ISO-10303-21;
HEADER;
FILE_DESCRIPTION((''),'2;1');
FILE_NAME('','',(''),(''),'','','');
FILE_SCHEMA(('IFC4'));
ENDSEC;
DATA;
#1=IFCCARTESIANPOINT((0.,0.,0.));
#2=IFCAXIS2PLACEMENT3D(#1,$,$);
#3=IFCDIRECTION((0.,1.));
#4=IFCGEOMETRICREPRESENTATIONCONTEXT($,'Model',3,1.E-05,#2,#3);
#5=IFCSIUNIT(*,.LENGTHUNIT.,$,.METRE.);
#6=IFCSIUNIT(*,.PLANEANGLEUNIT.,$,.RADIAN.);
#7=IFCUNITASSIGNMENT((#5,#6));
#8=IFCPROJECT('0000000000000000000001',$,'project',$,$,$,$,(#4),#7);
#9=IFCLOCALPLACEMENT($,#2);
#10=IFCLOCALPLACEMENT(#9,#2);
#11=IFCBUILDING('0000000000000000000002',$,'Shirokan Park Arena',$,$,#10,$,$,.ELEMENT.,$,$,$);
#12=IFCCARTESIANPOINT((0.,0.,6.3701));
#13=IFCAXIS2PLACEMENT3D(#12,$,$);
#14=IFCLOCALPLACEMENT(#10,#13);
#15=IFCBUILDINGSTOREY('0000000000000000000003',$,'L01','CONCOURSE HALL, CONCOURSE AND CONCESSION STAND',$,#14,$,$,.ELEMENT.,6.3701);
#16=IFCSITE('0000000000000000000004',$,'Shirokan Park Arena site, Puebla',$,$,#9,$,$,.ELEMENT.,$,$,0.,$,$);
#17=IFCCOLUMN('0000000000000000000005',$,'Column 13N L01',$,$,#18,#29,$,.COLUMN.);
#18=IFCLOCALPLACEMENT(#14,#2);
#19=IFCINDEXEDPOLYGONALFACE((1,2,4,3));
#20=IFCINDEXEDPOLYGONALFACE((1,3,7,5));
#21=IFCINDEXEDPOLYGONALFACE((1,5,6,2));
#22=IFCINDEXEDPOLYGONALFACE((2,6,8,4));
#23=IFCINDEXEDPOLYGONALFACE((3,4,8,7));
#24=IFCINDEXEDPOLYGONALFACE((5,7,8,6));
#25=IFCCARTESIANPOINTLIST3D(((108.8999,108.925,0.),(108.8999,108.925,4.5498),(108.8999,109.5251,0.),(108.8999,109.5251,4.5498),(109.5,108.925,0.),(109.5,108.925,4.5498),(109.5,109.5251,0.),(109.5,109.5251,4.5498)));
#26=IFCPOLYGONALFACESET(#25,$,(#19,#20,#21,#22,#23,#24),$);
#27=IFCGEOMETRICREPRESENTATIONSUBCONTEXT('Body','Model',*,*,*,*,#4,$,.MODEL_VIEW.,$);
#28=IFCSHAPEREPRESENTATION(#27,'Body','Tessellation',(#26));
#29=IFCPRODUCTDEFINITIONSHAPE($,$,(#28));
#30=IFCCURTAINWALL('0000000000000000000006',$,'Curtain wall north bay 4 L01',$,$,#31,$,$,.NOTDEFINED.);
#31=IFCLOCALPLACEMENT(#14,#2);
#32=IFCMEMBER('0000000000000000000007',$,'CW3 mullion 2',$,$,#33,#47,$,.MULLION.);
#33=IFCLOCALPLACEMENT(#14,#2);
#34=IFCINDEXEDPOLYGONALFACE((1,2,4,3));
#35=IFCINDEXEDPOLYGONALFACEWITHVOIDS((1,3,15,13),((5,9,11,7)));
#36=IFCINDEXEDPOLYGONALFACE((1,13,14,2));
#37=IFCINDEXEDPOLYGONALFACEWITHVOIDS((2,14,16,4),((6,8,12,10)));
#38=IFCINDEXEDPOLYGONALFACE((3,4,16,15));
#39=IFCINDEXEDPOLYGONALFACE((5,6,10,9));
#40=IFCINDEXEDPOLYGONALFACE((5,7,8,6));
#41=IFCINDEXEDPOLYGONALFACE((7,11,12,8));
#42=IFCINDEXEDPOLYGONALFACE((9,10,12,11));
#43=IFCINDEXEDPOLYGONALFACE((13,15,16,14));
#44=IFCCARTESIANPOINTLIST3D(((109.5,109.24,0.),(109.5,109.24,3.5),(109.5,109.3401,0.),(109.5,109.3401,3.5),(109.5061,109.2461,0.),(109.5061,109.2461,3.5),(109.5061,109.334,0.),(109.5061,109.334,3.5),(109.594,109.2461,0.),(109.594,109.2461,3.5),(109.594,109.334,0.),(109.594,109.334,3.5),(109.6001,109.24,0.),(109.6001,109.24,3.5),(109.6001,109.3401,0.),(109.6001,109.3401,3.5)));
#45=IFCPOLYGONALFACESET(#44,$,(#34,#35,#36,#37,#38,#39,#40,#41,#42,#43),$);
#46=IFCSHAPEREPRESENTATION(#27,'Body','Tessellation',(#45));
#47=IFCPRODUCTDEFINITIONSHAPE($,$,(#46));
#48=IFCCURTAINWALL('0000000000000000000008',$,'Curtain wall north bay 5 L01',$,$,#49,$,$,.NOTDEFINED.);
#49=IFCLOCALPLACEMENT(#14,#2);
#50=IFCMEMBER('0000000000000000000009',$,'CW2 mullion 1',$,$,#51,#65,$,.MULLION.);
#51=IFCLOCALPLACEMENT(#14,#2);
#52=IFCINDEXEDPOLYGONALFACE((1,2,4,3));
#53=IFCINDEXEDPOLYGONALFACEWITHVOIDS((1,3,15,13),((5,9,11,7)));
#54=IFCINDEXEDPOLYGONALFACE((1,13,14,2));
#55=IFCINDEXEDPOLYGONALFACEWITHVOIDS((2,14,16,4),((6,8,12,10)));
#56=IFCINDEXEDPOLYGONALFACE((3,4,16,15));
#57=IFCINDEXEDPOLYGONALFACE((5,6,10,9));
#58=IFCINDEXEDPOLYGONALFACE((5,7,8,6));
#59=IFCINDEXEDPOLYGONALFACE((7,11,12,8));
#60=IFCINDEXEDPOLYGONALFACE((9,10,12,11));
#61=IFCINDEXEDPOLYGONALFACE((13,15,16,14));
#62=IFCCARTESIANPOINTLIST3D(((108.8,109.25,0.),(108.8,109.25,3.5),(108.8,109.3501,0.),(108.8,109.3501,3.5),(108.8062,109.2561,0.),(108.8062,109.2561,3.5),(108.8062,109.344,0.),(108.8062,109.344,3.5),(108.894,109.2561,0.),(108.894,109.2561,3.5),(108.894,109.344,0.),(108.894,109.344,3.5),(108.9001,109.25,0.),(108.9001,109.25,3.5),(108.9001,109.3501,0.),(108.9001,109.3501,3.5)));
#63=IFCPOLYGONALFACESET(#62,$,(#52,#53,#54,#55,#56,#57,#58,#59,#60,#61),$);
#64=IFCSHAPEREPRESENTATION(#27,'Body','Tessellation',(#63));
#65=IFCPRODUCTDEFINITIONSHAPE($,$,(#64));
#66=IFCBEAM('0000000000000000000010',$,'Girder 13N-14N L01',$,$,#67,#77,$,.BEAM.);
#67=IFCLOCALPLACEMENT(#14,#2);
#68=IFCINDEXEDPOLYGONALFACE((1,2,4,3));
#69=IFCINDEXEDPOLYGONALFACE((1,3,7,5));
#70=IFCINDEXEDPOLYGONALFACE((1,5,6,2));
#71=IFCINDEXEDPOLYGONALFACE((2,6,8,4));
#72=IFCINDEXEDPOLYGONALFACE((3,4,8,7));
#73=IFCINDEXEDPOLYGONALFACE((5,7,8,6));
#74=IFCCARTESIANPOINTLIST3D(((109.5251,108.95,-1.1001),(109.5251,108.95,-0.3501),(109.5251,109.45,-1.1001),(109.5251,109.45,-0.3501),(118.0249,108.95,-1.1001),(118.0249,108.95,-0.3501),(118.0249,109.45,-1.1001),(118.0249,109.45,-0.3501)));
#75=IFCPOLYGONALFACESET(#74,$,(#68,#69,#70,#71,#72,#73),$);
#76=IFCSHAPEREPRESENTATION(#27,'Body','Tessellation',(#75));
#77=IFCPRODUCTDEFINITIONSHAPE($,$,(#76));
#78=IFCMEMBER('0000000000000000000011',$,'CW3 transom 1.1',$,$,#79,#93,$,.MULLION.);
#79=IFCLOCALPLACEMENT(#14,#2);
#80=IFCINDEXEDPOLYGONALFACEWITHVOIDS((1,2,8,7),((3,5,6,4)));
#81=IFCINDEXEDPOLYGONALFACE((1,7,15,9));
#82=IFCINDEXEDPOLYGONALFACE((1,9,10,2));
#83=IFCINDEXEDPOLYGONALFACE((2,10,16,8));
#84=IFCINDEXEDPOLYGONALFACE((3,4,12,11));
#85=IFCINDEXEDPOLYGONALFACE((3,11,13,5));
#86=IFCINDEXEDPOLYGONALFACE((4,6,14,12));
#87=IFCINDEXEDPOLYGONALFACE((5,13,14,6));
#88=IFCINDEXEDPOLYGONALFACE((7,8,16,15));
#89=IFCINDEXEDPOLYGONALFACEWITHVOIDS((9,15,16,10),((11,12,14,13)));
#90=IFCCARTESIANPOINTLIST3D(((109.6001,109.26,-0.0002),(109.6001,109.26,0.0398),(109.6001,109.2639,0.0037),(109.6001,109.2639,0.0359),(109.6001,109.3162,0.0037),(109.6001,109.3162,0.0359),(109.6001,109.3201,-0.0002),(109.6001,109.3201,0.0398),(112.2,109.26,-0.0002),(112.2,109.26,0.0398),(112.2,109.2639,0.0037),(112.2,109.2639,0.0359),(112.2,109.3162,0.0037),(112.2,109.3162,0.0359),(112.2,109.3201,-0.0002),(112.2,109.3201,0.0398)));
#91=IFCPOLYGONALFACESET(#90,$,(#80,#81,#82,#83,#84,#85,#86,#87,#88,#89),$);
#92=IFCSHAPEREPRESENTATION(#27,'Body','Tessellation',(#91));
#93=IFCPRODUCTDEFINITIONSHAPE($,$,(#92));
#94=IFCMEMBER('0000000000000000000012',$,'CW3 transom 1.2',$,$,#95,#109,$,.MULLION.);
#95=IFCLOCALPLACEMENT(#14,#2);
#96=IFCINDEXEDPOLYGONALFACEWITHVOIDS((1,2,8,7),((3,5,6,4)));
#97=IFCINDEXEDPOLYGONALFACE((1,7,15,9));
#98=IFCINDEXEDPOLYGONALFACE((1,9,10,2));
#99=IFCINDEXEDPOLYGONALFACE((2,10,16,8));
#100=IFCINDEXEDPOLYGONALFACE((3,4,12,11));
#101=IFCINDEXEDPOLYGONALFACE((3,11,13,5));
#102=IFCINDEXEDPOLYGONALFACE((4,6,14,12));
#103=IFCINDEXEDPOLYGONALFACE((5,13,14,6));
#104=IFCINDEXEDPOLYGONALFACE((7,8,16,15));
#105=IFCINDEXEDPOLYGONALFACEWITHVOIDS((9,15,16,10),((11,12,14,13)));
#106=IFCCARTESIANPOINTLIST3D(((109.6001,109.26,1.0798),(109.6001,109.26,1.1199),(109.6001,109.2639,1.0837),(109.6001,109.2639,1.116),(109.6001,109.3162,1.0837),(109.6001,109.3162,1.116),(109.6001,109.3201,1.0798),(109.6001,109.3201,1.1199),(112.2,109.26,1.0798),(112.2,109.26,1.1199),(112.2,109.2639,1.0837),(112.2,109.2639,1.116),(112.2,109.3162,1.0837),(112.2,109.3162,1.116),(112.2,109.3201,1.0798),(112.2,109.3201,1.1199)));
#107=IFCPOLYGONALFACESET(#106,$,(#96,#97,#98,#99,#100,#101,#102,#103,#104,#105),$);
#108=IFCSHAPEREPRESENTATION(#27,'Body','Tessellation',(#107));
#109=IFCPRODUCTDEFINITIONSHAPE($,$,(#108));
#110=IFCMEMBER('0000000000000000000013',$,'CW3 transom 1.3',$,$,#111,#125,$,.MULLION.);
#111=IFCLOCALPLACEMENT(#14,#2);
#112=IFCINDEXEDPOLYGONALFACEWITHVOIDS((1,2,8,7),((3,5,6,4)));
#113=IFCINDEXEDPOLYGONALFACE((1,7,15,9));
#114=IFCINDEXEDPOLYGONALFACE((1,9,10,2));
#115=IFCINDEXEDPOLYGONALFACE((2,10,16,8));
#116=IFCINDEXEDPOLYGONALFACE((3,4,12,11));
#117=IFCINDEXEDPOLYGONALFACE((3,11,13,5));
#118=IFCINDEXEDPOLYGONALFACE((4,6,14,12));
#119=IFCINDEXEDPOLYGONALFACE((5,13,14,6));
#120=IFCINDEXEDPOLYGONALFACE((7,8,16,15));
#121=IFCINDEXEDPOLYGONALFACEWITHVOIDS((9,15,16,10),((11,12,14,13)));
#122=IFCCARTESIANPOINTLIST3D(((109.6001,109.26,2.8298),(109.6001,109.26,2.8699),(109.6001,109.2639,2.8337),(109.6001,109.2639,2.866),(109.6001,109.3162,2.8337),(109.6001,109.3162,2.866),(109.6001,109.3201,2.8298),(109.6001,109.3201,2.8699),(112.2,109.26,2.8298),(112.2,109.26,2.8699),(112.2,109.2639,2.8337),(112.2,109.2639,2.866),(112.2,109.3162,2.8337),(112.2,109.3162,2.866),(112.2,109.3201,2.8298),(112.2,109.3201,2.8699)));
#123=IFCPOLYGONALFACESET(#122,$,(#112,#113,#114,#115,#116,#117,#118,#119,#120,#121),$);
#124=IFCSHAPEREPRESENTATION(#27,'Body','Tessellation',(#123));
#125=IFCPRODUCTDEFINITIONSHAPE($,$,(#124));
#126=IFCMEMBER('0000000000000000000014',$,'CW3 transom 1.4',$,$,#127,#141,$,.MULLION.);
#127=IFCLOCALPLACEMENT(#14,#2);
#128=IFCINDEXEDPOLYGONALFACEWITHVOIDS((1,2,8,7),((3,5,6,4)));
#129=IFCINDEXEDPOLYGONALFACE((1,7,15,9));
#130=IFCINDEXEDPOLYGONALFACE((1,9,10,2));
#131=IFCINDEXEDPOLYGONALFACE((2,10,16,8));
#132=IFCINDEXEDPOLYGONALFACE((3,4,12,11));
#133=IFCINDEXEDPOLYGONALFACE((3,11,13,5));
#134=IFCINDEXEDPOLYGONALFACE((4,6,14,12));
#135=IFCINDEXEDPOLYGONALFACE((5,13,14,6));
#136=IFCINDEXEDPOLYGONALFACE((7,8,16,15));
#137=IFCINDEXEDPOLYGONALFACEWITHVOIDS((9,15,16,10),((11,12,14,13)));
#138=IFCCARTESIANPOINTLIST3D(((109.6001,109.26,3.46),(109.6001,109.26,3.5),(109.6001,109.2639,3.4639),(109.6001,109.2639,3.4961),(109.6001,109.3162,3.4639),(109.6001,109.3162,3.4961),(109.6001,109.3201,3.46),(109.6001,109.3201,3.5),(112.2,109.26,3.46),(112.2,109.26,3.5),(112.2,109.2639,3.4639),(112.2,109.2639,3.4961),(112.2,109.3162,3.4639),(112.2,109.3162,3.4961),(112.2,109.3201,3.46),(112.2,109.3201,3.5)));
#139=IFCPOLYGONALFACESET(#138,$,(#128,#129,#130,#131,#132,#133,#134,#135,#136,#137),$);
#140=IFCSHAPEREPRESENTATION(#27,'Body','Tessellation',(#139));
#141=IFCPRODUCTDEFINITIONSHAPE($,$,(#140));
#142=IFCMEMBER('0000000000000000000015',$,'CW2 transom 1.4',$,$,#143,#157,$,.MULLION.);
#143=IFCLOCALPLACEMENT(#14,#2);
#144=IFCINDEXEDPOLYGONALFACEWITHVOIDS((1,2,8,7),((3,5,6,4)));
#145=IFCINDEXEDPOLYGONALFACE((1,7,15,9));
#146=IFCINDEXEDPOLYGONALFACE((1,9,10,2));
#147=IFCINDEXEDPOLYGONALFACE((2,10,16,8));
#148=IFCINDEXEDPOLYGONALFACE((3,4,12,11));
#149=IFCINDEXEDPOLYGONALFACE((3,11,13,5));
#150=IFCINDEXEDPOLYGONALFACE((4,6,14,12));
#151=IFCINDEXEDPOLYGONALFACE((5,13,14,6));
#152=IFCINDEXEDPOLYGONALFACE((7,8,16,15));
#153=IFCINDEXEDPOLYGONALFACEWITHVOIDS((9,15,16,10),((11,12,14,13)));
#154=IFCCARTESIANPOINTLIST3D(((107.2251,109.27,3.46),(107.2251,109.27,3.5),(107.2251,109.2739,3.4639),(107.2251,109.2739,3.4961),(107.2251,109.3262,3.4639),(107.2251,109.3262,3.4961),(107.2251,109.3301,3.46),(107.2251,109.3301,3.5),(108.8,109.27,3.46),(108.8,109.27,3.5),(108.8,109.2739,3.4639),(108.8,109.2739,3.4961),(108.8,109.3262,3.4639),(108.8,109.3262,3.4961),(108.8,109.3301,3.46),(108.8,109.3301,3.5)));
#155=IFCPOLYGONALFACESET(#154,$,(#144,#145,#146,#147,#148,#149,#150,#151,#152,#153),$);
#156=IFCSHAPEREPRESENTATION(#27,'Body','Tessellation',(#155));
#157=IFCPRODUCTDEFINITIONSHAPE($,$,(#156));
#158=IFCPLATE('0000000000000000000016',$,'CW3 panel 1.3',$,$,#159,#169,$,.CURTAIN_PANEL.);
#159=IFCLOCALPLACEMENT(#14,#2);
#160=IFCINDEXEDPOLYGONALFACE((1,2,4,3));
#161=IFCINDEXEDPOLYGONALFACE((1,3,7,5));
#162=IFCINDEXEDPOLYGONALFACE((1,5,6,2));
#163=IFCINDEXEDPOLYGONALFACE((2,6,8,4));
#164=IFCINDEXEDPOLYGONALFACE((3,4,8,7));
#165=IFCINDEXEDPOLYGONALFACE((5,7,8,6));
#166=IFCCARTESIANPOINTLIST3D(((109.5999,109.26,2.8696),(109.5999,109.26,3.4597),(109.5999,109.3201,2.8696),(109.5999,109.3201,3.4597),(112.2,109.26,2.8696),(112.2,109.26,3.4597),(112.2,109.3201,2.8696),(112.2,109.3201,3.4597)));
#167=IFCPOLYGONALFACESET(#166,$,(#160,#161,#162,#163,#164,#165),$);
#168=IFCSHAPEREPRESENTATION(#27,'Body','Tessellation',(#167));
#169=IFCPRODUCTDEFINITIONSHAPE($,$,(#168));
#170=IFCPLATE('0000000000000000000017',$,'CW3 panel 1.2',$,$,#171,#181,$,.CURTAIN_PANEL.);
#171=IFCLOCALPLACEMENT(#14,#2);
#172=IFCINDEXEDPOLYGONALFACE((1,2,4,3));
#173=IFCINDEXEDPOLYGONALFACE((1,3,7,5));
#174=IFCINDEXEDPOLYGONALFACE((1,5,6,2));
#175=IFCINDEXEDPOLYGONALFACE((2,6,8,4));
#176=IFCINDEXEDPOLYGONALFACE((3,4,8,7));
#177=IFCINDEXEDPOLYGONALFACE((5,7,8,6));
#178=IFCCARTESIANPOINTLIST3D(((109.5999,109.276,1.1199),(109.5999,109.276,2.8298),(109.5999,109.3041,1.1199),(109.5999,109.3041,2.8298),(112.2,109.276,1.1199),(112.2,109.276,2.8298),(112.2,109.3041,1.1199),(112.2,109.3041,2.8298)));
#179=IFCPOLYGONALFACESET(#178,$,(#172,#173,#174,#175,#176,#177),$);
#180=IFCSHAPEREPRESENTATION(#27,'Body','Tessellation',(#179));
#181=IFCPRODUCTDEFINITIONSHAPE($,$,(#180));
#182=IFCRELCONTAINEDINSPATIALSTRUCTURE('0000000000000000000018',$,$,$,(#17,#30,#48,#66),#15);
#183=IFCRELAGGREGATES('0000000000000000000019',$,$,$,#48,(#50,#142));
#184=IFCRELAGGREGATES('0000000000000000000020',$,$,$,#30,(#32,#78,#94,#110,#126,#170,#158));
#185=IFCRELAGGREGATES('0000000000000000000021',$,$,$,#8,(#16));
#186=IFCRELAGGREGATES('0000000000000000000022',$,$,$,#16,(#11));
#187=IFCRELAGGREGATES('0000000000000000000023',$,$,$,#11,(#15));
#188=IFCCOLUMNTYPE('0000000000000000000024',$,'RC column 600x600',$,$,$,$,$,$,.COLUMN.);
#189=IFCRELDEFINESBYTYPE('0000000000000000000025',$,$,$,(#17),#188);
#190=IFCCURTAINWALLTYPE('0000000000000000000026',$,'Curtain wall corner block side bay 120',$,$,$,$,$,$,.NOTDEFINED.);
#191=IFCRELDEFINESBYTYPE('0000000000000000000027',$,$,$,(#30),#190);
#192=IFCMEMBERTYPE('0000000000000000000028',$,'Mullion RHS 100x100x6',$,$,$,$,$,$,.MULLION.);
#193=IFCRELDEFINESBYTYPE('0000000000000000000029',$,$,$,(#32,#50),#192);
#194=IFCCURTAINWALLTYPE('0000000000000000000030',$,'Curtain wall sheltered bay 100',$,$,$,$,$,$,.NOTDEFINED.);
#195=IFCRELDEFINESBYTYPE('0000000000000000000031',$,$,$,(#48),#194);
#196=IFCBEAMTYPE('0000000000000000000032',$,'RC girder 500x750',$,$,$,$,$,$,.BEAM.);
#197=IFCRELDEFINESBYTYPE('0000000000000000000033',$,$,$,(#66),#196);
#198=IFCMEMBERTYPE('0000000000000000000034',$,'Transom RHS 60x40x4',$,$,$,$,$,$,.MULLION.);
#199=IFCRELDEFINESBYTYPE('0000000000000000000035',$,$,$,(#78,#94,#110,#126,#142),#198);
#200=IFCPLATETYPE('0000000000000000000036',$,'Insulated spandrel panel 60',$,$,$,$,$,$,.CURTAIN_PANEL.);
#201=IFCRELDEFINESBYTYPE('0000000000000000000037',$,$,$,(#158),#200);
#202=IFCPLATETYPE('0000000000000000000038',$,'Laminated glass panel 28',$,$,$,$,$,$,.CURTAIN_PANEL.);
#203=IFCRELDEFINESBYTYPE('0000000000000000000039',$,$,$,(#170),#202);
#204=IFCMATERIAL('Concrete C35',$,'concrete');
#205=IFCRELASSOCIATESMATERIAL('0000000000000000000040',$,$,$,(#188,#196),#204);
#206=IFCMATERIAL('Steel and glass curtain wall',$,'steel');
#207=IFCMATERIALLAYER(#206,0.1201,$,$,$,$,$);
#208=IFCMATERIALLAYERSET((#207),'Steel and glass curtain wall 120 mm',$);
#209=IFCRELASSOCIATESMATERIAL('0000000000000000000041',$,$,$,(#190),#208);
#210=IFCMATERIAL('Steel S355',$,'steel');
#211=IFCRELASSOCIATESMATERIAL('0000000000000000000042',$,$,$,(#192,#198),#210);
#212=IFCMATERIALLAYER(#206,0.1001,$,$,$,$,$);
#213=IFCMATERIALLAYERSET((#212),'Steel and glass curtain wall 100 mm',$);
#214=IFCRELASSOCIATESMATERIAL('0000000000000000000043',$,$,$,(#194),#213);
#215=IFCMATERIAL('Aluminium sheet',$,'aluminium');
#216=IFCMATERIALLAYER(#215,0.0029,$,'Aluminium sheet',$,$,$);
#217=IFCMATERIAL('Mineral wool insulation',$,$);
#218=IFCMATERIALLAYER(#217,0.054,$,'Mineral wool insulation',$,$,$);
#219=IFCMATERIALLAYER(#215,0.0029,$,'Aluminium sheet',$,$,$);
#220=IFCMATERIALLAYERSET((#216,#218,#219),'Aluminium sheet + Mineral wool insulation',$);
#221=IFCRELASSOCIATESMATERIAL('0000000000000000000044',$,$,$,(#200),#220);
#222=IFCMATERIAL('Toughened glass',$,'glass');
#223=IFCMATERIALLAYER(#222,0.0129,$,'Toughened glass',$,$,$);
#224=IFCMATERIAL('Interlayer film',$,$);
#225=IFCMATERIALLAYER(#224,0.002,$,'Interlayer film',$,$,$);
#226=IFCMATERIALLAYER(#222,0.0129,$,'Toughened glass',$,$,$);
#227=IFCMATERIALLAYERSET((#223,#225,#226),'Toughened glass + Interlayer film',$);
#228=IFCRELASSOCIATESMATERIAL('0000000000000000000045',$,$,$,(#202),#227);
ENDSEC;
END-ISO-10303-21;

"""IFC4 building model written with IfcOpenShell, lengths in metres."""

from ifc_helpers import new_model, si_unit, direction, frame, origin, origin_2d, place, context, subcontext, project, spatial, rectangle, hollow_rectangle, extrude, material, layer, layer_set, material_profile, profile_set, type_object, element, aggregate, save


model = new_model("IFC4")

# Units and contexts
model_context = context("Model", 3, precision=1e-05, world=origin(), true_north=direction((0.0, 1.0)))
body_context = subcontext(model_context, "Body", "Model", "MODEL_VIEW")
ifc_project = project(units=[si_unit("LENGTHUNIT", "METRE"), si_unit("PLANEANGLEUNIT", "RADIAN")], contexts=[model_context])

# Site, building, storey
site_placement = place(None, origin())
site = spatial("IfcSite", under=ifc_project, at=site_placement, Name="Shirokan Park Arena site, Puebla", CompositionType="ELEMENT", RefElevation=0.0)
building_placement = place(site_placement, origin())
building = spatial("IfcBuilding", under=site, at=building_placement, Name="Shirokan Park Arena", CompositionType="ELEMENT")
storey_placement = place(building_placement, frame((0.0, 0.0, 6.3701)))
storey = spatial("IfcBuildingStorey", under=building, at=storey_placement, Name="L01", Description="CONCOURSE HALL, CONCOURSE AND CONCESSION STAND", CompositionType="ELEMENT", Elevation=6.3701)

# Column
ifc_material_1 = material(Name="Concrete C35", Category="concrete")
ifc_material_profile_1 = material_profile(ifc_material_1, rectangle(XDim=0.6001, YDim=0.6001, at=origin_2d()), Name="600x600")
ifc_profile_set_1 = profile_set([ifc_material_profile_1], Name="Concrete C35")
column_type = type_object("IfcColumnType", Name="RC column 600x600", PredefinedType="COLUMN", material=ifc_profile_set_1)
column_placement = place(storey_placement, frame((109.2, 109.2251, 0.0), z_axis=(0.0, 0.0, 1.0), x_axis=(1.0, 0.0, 0.0)))
element("IfcColumn", 1, at=column_placement, inside=storey, type_object=column_type, Name="Column 13N L01", PredefinedType="COLUMN", context=body_context, shape_type="SweptSolid", body=[
    extrude(rectangle(XDim=0.6001, YDim=0.6001, at=origin_2d()), origin(), (0.0, 0.0, 1.0), 4.5498),
])

# Curtain walls, members
ifc_material_2 = material(Name="Steel and glass curtain wall", Category="steel")
ifc_layer_1 = layer(ifc_material_2, 0.1201)
ifc_layer_set_1 = layer_set([ifc_layer_1], Name="Steel and glass curtain wall 120 mm")
curtain_wall_type_1 = type_object("IfcCurtainWallType", Name="Curtain wall corner block side bay 120", PredefinedType="NOTDEFINED", material=ifc_layer_set_1)
curtain_wall_1_placement = place(storey_placement, origin())
curtain_wall_1 = element("IfcCurtainWall", 2, at=curtain_wall_1_placement, inside=storey, type_object=curtain_wall_type_1, Name="Curtain wall north bay 4 L01", PredefinedType="NOTDEFINED")
ifc_material_3 = material(Name="Steel S355", Category="steel")
ifc_material_profile_2 = material_profile(ifc_material_3, hollow_rectangle(XDim=0.1001, YDim=0.1001, WallThickness=0.0061, at=origin_2d()), Name="RHS 100x100x6")
ifc_profile_set_2 = profile_set([ifc_material_profile_2], Name="Steel S355")
member_type_1 = type_object("IfcMemberType", Name="Mullion RHS 100x100x6", PredefinedType="MULLION", material=ifc_profile_set_2)
member_1_placement = place(storey_placement, frame((109.55, 109.29, 0.0), z_axis=(0.0, 0.0, 1.0), x_axis=(0.0, -1.0, 0.0)))
member_1 = element("IfcMember", 3, at=member_1_placement, type_object=member_type_1, Name="CW3 mullion 2", PredefinedType="MULLION", context=body_context, shape_type="SweptSolid", body=[
    extrude(hollow_rectangle(XDim=0.1001, YDim=0.1001, WallThickness=0.0061, at=origin_2d()), origin(), (0.0, 0.0, 1.0), 3.5),
])
ifc_layer_2 = layer(ifc_material_2, 0.1001)
ifc_layer_set_2 = layer_set([ifc_layer_2], Name="Steel and glass curtain wall 100 mm")
curtain_wall_type_2 = type_object("IfcCurtainWallType", Name="Curtain wall sheltered bay 100", PredefinedType="NOTDEFINED", material=ifc_layer_set_2)
curtain_wall_2_placement = place(storey_placement, origin())
curtain_wall_2 = element("IfcCurtainWall", 4, at=curtain_wall_2_placement, inside=storey, type_object=curtain_wall_type_2, Name="Curtain wall north bay 5 L01", PredefinedType="NOTDEFINED")
member_2_placement = place(storey_placement, frame((108.8501, 109.3, 0.0), z_axis=(0.0, 0.0, 1.0), x_axis=(0.0, -1.0, 0.0)))
member_2 = element("IfcMember", 5, at=member_2_placement, type_object=member_type_1, Name="CW2 mullion 1", PredefinedType="MULLION", context=body_context, shape_type="SweptSolid", body=[
    extrude(hollow_rectangle(XDim=0.1001, YDim=0.1001, WallThickness=0.0061, at=origin_2d()), origin(), (0.0, 0.0, 1.0), 3.5),
])

# Beam
ifc_material_profile_3 = material_profile(ifc_material_1, rectangle(XDim=0.5, YDim=0.75, at=origin_2d()), Name="500x750")
ifc_profile_set_3 = profile_set([ifc_material_profile_3], Name="Concrete C35")
beam_type = type_object("IfcBeamType", Name="RC girder 500x750", PredefinedType="BEAM", material=ifc_profile_set_3)
beam_placement = place(storey_placement, frame((109.5251, 109.2, -0.7251), z_axis=(1.0, 0.0, 0.0), x_axis=(0.0, 1.0, 0.0)))
element("IfcBeam", 6, at=beam_placement, inside=storey, type_object=beam_type, Name="Girder 13N-14N L01", PredefinedType="BEAM", context=body_context, shape_type="SweptSolid", body=[
    extrude(rectangle(XDim=0.5, YDim=0.75, at=origin_2d()), origin(), (0.0, 0.0, 1.0), 8.4998),
])

# Members
ifc_material_profile_4 = material_profile(ifc_material_3, hollow_rectangle(XDim=0.0601, YDim=0.04, WallThickness=0.0039, at=origin_2d()), Name="RHS 60x40x4")
ifc_profile_set_4 = profile_set([ifc_material_profile_4], Name="Steel S355")
member_type_2 = type_object("IfcMemberType", Name="Transom RHS 60x40x4", PredefinedType="MULLION", material=ifc_profile_set_4)
member_3_placement = place(storey_placement, frame((112.2, 109.29, 0.0198), z_axis=(-1.0, 0.0, 0.0), x_axis=(0.0, -1.0, 0.0)))
member_3 = element("IfcMember", 7, at=member_3_placement, type_object=member_type_2, Name="CW3 transom 1.1", PredefinedType="MULLION", context=body_context, shape_type="SweptSolid", body=[
    extrude(hollow_rectangle(XDim=0.0601, YDim=0.04, WallThickness=0.0039, at=origin_2d()), origin(), (0.0, 0.0, 1.0), 2.5999),
])
member_4_placement = place(storey_placement, frame((112.2, 109.29, 1.0999), z_axis=(-1.0, 0.0, 0.0), x_axis=(0.0, -1.0, 0.0)))
member_4 = element("IfcMember", 8, at=member_4_placement, type_object=member_type_2, Name="CW3 transom 1.2", PredefinedType="MULLION", context=body_context, shape_type="SweptSolid", body=[
    extrude(hollow_rectangle(XDim=0.0601, YDim=0.04, WallThickness=0.0039, at=origin_2d()), origin(), (0.0, 0.0, 1.0), 2.5999),
])
member_5_placement = place(storey_placement, frame((112.2, 109.29, 2.8499), z_axis=(-1.0, 0.0, 0.0), x_axis=(0.0, -1.0, 0.0)))
member_5 = element("IfcMember", 9, at=member_5_placement, type_object=member_type_2, Name="CW3 transom 1.3", PredefinedType="MULLION", context=body_context, shape_type="SweptSolid", body=[
    extrude(hollow_rectangle(XDim=0.0601, YDim=0.04, WallThickness=0.0039, at=origin_2d()), origin(), (0.0, 0.0, 1.0), 2.5999),
])
member_6_placement = place(storey_placement, frame((112.2, 109.29, 3.48), z_axis=(-1.0, 0.0, 0.0), x_axis=(0.0, -1.0, 0.0)))
member_6 = element("IfcMember", 10, at=member_6_placement, type_object=member_type_2, Name="CW3 transom 1.4", PredefinedType="MULLION", context=body_context, shape_type="SweptSolid", body=[
    extrude(hollow_rectangle(XDim=0.0601, YDim=0.04, WallThickness=0.0039, at=origin_2d()), origin(), (0.0, 0.0, 1.0), 2.5999),
])
member_7_placement = place(storey_placement, frame((108.8, 109.3, 3.48), z_axis=(-1.0, 0.0, 0.0), x_axis=(0.0, -1.0, 0.0)))
member_7 = element("IfcMember", 11, at=member_7_placement, type_object=member_type_2, Name="CW2 transom 1.4", PredefinedType="MULLION", context=body_context, shape_type="SweptSolid", body=[
    extrude(hollow_rectangle(XDim=0.0601, YDim=0.04, WallThickness=0.0039, at=origin_2d()), origin(), (0.0, 0.0, 1.0), 1.575),
])
aggregate(curtain_wall_2, [member_2, member_7])

# Plates
ifc_material_4 = material(Name="Aluminium sheet", Category="aluminium")
ifc_layer_3 = layer(ifc_material_4, 0.0029, Name="Aluminium sheet")
ifc_material_5 = material(Name="Mineral wool insulation")
ifc_layer_4 = layer(ifc_material_5, 0.054, Name="Mineral wool insulation")
ifc_layer_5 = layer(ifc_material_4, 0.0029, Name="Aluminium sheet")
ifc_layer_set_3 = layer_set([ifc_layer_3, ifc_layer_4, ifc_layer_5], Name="Aluminium sheet + Mineral wool insulation")
plate_type_1 = type_object("IfcPlateType", Name="Insulated spandrel panel 60", PredefinedType="CURTAIN_PANEL", material=ifc_layer_set_3)
plate_1_placement = place(storey_placement, frame((110.8999, 109.29, 2.8696), z_axis=(0.0, 0.0, 1.0), x_axis=(-1.0, 0.0, 0.0)))
plate_1 = element("IfcPlate", 12, at=plate_1_placement, type_object=plate_type_1, Name="CW3 panel 1.3", PredefinedType="CURTAIN_PANEL", context=body_context, shape_type="SweptSolid", body=[
    extrude(rectangle(XDim=2.6001, YDim=0.0601, at=origin_2d()), origin(), (0.0, 0.0, 1.0), 0.5901),
])
ifc_material_6 = material(Name="Toughened glass", Category="glass")
ifc_layer_6 = layer(ifc_material_6, 0.0129, Name="Toughened glass")
ifc_material_7 = material(Name="Interlayer film")
ifc_layer_7 = layer(ifc_material_7, 0.002, Name="Interlayer film")
ifc_layer_8 = layer(ifc_material_6, 0.0129, Name="Toughened glass")
ifc_layer_set_4 = layer_set([ifc_layer_6, ifc_layer_7, ifc_layer_8], Name="Toughened glass + Interlayer film")
plate_type_2 = type_object("IfcPlateType", Name="Laminated glass panel 28", PredefinedType="CURTAIN_PANEL", material=ifc_layer_set_4)
plate_2_placement = place(storey_placement, frame((110.8999, 109.29, 1.1199), z_axis=(0.0, 0.0, 1.0), x_axis=(-1.0, 0.0, 0.0)))
plate_2 = element("IfcPlate", 13, at=plate_2_placement, type_object=plate_type_2, Name="CW3 panel 1.2", PredefinedType="CURTAIN_PANEL", context=body_context, shape_type="SweptSolid", body=[
    extrude(rectangle(XDim=2.6001, YDim=0.0281, at=origin_2d()), origin(), (0.0, 0.0, 1.0), 1.71),
])
aggregate(curtain_wall_1, [member_1, member_3, member_4, member_5, member_6, plate_2, plate_1])

save(model, "model.ifc")
